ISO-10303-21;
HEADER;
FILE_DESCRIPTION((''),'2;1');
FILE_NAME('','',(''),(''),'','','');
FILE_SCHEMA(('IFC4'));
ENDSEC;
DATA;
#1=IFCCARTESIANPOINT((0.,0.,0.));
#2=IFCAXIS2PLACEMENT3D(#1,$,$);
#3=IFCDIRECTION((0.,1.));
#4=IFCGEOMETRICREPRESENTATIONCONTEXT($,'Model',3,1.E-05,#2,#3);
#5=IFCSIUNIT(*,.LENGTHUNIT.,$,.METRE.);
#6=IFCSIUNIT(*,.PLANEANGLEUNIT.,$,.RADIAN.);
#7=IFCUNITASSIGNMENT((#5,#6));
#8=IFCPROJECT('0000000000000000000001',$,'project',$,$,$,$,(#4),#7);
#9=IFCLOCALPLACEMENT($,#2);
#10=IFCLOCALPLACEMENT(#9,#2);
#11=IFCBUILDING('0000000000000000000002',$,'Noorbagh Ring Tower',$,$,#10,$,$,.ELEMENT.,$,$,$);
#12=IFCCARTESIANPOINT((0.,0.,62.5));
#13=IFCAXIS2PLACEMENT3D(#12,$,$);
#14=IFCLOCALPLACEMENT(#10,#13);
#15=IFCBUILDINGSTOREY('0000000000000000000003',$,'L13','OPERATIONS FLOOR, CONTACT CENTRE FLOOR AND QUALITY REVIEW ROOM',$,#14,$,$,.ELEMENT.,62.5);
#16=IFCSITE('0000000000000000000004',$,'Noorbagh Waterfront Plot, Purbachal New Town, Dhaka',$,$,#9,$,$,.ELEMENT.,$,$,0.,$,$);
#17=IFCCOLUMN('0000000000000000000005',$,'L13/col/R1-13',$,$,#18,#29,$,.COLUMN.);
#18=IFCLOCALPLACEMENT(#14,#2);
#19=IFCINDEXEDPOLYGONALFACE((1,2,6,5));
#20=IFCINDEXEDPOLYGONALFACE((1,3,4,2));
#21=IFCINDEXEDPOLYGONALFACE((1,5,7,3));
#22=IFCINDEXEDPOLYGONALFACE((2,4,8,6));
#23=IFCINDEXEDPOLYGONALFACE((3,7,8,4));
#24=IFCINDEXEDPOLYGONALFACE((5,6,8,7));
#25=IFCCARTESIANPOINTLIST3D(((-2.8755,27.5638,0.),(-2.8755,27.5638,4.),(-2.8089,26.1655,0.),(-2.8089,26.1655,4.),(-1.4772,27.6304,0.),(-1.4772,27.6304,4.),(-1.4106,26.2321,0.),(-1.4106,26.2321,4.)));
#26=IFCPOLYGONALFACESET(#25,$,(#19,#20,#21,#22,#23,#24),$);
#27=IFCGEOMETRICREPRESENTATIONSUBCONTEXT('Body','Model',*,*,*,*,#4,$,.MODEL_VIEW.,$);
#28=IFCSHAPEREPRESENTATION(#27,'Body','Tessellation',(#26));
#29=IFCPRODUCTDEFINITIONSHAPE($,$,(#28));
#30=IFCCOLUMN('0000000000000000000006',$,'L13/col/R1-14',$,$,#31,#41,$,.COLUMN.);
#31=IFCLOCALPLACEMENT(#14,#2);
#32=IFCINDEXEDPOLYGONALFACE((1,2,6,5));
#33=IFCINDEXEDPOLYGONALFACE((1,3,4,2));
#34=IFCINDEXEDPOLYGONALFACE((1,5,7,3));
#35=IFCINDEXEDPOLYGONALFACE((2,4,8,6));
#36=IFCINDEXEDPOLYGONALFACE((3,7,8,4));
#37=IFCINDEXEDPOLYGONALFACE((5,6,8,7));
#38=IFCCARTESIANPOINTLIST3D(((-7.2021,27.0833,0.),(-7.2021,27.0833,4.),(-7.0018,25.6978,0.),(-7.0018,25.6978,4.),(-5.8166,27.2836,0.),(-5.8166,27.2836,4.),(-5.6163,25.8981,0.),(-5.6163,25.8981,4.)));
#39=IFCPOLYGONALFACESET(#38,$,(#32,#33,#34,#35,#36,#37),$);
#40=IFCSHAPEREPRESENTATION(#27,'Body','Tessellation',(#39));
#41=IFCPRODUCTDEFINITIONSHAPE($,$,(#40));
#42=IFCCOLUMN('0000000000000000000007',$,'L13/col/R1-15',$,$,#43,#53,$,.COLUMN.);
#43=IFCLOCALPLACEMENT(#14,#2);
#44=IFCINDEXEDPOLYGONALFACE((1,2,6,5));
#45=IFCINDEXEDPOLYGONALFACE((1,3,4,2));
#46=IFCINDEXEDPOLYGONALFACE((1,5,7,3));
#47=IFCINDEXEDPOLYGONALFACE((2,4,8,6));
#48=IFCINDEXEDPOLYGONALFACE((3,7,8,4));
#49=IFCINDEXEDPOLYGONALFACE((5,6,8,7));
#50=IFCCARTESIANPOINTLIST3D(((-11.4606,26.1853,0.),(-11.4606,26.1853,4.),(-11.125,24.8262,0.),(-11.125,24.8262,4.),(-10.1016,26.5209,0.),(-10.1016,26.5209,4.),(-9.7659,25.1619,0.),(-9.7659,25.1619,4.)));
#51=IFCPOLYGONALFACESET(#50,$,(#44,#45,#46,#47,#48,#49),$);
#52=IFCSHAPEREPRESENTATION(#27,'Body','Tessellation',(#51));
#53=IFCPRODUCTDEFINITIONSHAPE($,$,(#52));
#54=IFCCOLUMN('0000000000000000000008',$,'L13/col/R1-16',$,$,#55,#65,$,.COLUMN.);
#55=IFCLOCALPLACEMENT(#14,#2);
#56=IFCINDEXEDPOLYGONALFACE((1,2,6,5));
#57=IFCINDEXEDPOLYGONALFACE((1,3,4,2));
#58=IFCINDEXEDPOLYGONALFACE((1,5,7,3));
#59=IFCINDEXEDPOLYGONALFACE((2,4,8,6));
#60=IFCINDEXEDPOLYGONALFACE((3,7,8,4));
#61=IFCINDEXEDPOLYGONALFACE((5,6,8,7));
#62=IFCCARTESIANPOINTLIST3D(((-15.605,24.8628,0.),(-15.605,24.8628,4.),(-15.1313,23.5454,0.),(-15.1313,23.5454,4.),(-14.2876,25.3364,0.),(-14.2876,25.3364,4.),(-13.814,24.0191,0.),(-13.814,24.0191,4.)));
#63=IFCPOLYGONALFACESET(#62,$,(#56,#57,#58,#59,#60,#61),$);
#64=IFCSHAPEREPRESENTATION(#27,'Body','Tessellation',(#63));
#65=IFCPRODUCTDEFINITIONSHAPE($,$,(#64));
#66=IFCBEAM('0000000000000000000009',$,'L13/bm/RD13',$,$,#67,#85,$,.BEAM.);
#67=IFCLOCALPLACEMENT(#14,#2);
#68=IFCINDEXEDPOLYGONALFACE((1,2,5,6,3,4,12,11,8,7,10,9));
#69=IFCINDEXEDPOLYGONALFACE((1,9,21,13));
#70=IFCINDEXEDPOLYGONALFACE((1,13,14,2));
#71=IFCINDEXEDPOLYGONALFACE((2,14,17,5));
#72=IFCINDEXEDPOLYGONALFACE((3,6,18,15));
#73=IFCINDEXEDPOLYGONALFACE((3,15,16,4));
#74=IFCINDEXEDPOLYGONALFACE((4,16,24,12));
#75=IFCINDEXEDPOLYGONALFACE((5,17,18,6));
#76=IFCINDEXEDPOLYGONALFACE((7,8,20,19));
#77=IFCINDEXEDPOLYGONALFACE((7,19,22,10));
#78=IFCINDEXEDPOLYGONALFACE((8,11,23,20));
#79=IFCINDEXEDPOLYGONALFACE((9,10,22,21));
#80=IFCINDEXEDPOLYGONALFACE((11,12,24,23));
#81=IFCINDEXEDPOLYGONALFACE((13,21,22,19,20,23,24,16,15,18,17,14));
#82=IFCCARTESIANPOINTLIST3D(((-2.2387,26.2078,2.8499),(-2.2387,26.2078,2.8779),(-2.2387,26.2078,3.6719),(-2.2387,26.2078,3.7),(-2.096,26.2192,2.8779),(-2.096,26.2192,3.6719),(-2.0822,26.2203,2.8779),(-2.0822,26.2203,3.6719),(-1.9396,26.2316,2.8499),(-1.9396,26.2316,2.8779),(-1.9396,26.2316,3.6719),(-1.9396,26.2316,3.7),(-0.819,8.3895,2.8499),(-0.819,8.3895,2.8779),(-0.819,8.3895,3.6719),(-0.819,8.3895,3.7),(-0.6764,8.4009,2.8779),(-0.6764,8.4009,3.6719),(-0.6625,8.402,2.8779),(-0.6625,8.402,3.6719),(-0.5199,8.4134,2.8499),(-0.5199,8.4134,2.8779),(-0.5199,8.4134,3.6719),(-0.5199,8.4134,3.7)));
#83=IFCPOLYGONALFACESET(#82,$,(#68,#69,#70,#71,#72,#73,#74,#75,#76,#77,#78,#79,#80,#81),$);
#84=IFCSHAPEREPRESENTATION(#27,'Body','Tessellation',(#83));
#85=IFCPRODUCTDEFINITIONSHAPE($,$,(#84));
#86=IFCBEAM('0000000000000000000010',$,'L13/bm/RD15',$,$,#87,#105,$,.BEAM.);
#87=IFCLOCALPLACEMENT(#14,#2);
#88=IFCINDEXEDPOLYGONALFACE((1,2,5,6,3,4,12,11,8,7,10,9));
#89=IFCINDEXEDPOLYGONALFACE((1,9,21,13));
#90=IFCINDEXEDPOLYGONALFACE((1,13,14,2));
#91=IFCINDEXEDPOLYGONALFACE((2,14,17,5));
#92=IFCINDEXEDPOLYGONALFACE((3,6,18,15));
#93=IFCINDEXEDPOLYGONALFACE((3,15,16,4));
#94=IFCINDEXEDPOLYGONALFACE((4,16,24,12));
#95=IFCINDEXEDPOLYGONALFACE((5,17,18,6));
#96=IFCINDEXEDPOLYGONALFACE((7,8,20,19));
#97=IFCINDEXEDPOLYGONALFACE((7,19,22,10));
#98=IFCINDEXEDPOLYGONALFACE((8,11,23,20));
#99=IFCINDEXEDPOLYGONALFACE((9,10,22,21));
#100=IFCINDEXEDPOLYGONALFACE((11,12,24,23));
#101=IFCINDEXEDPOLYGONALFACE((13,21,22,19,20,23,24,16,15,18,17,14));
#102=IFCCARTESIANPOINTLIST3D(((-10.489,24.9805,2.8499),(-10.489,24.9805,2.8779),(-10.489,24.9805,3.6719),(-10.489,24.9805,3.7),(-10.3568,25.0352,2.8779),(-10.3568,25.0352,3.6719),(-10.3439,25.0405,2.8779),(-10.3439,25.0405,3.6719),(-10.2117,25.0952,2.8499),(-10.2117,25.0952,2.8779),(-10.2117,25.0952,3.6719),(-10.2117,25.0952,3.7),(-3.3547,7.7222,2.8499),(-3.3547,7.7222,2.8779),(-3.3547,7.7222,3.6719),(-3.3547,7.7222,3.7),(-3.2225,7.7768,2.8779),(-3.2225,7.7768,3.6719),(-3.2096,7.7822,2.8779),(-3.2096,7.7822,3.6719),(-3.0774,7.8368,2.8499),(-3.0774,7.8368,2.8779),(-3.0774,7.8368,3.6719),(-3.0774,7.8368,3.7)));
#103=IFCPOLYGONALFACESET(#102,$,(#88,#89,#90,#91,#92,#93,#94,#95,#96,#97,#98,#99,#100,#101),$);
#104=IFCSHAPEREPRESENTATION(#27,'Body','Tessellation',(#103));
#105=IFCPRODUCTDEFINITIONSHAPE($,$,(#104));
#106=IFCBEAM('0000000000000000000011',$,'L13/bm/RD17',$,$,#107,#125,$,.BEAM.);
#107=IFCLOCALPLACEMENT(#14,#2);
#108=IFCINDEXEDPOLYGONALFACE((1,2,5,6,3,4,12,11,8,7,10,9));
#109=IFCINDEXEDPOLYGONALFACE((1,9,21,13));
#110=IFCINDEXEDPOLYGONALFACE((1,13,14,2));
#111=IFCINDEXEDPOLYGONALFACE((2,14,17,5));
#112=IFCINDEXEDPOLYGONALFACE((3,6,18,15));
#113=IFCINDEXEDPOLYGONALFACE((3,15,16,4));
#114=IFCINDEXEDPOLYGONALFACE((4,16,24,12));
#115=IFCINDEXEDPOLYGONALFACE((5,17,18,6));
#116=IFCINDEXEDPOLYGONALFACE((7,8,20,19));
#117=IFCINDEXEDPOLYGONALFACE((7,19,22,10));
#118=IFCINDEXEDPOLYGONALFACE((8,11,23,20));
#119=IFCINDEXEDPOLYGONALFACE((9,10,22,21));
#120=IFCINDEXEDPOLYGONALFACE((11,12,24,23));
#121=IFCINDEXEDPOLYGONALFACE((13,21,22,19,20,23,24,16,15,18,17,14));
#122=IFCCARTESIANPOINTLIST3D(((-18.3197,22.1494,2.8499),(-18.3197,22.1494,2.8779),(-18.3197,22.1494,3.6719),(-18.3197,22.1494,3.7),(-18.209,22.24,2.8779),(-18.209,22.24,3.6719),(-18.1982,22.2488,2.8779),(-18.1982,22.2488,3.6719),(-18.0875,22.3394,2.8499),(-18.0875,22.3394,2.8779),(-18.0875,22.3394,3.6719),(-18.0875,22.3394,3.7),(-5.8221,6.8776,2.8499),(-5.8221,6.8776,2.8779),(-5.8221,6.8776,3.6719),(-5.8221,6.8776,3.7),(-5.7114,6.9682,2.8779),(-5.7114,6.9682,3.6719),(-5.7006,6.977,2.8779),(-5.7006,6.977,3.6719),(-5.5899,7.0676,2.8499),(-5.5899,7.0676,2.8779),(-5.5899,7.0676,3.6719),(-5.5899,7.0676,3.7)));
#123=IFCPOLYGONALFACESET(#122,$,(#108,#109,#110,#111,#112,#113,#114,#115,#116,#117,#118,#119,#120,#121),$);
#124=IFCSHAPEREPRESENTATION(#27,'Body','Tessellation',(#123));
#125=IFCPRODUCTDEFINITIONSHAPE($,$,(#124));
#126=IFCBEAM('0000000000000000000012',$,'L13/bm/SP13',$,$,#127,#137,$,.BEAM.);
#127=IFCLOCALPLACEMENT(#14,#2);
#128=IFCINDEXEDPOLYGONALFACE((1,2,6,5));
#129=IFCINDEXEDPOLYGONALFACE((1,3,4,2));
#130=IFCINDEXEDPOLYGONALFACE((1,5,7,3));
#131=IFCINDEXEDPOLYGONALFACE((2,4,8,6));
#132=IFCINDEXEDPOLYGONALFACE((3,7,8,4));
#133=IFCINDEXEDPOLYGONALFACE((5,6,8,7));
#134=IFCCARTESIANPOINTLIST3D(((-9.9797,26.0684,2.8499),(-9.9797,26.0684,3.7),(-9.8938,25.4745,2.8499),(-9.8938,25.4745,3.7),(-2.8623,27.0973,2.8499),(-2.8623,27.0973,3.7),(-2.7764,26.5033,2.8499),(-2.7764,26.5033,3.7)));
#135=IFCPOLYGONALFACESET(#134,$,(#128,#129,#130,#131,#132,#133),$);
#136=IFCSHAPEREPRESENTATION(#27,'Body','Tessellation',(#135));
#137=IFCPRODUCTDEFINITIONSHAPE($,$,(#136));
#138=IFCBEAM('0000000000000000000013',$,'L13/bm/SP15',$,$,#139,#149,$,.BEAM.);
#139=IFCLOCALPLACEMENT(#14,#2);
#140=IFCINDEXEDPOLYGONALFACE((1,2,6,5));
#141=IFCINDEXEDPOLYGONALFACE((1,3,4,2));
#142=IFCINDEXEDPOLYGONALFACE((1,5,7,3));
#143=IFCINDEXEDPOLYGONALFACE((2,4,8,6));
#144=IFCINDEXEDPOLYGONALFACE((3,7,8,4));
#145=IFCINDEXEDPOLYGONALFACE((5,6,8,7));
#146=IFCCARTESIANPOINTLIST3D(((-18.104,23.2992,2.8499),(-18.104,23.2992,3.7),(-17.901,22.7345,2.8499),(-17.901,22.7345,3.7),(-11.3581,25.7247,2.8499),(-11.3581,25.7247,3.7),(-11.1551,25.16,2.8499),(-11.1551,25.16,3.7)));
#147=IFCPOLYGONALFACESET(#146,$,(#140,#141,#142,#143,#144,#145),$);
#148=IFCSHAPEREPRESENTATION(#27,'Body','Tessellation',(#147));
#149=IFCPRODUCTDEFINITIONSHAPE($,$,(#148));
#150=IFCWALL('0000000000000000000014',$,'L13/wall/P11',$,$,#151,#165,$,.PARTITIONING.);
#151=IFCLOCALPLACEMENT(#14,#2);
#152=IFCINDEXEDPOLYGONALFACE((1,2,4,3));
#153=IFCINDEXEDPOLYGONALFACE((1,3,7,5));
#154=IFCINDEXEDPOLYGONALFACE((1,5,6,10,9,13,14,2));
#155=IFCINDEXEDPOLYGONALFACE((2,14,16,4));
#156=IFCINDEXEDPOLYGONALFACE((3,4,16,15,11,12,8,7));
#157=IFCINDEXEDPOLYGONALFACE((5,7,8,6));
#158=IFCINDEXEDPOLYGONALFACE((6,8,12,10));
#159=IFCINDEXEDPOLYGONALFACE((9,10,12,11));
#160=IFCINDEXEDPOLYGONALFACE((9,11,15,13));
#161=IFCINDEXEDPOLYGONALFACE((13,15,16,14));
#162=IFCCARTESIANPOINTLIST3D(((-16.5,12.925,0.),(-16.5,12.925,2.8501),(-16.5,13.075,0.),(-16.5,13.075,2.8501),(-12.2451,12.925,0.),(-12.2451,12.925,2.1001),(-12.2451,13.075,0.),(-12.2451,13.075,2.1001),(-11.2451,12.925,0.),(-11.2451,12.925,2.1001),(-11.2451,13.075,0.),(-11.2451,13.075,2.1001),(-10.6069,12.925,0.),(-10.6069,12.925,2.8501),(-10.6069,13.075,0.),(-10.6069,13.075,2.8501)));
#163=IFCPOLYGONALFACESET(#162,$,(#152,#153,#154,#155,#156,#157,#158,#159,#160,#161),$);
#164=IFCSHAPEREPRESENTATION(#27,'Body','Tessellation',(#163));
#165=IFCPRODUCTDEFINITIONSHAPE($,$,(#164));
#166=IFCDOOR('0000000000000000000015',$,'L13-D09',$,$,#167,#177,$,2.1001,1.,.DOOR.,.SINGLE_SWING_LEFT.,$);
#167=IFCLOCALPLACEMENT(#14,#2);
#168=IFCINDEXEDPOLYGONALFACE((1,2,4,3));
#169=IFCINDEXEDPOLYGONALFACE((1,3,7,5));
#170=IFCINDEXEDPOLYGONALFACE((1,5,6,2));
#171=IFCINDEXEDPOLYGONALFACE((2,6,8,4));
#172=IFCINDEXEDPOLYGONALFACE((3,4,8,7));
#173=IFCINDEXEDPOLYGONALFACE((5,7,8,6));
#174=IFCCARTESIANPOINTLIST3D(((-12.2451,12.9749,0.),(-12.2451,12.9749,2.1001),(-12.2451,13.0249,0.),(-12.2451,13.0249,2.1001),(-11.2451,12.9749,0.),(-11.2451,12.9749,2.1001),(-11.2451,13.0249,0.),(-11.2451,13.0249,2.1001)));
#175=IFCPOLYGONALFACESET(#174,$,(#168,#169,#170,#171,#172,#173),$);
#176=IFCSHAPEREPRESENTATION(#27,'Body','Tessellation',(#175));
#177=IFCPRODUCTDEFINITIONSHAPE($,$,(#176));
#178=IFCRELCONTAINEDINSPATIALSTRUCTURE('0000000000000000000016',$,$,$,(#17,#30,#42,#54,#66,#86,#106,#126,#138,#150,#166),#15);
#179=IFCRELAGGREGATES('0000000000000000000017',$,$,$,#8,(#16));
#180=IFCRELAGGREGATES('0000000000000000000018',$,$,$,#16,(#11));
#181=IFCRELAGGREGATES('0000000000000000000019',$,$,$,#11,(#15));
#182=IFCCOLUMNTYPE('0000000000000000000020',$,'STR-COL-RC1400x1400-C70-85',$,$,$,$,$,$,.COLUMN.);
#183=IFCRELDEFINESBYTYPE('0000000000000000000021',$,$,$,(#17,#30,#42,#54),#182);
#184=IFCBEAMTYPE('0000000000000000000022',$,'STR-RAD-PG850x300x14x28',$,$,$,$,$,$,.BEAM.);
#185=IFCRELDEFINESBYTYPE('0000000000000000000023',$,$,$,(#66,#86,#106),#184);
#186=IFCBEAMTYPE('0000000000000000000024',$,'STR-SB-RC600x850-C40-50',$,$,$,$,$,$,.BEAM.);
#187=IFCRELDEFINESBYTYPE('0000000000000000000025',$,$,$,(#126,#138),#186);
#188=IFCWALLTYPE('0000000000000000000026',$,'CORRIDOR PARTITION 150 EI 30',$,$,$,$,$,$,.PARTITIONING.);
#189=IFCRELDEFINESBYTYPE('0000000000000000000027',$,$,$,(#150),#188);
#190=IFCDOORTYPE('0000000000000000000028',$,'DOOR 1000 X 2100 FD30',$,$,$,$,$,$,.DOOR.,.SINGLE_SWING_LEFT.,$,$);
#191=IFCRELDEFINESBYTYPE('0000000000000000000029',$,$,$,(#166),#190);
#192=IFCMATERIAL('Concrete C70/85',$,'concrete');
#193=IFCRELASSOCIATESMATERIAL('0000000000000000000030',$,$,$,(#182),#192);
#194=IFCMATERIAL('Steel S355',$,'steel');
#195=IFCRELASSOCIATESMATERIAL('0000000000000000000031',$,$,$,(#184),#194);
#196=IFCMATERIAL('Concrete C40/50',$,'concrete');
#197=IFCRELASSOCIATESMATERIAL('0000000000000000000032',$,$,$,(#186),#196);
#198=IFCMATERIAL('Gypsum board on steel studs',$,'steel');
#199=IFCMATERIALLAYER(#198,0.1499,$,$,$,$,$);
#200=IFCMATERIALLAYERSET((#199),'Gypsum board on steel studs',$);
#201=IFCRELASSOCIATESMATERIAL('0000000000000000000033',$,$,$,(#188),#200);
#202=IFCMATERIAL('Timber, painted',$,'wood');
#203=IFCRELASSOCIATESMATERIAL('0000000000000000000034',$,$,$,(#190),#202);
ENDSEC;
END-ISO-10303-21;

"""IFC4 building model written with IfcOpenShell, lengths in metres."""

from ifc_helpers import new_model, si_unit, direction, frame, frame_2d, origin, origin_2d, place, context, subcontext, project, spatial, rectangle, i_section, extrude, material, layer, layer_set, material_profile, profile_set, type_object, element, fill, save


model = new_model("IFC4")

# Units and contexts
model_context = context("Model", 3, precision=1e-05, world=origin(), true_north=direction((0.0, 1.0)))
body_context = subcontext(model_context, "Body", "Model", "MODEL_VIEW")
ifc_project = project(units=[si_unit("LENGTHUNIT", "METRE"), si_unit("PLANEANGLEUNIT", "RADIAN")], contexts=[model_context])

# Site, building, storey
site_placement = place(None, origin())
site = spatial("IfcSite", under=ifc_project, at=site_placement, Name="Noorbagh Waterfront Plot, Purbachal New Town, Dhaka", CompositionType="ELEMENT", RefElevation=0.0)
building_placement = place(site_placement, origin())
building = spatial("IfcBuilding", under=site, at=building_placement, Name="Noorbagh Ring Tower", CompositionType="ELEMENT")
storey_placement = place(building_placement, frame((0.0, 0.0, 62.5)))
storey = spatial("IfcBuildingStorey", under=building, at=storey_placement, Name="L13", Description="OPERATIONS FLOOR, CONTACT CENTRE FLOOR AND QUALITY REVIEW ROOM", CompositionType="ELEMENT", Elevation=62.5)

# Columns
ifc_material_1 = material(Name="Concrete C70/85", Category="concrete")
ifc_material_profile_1 = material_profile(ifc_material_1, rectangle(XDim=1.3999, YDim=1.3999, at=origin_2d()), Name="RC1400x1400")
ifc_profile_set_1 = profile_set([ifc_material_profile_1], Name="Concrete C70/85")
column_type = type_object("IfcColumnType", Name="STR-COL-RC1400x1400-C70-85", PredefinedType="COLUMN", material=ifc_profile_set_1)
for number, where, z_axis, x_axis, name in (
    (1, (-2.1431, 26.8979, 0.0), (0.0, 0.0, 1.0), (-0.998869, -0.047553, 0.0), "L13/col/R1-13"),
    (2, (-6.4092, 26.4907, 0.0), (0.0, 0.0, 1.0), (-0.989713, -0.143066, 0.0), "L13/col/R1-14"),
    (3, (-10.6133, 25.6736, 0.0), (0.0, 0.0, 1.0), (-0.970829, -0.239771, 0.0), "L13/col/R1-15"),
    (4, (-14.7095, 24.4409, 0.0), (0.0, 0.0, 1.0), (-0.941025, -0.338338, 0.0), "L13/col/R1-16"),
):
    element("IfcColumn", number, at=place(storey_placement, frame(where, z_axis=z_axis, x_axis=x_axis)), inside=storey, type_object=column_type, Name=name, PredefinedType="COLUMN", context=body_context, shape_type="SweptSolid", body=[
        extrude(rectangle(XDim=1.3999, YDim=1.3999, at=origin_2d()), origin(), (0.0, 0.0, 1.0), 4.0),
    ])

# Beams
ifc_material_2 = material(Name="Steel S355", Category="steel")
ifc_material_profile_2 = material_profile(ifc_material_2, i_section(OverallWidth=0.3, OverallDepth=0.8501, WebThickness=0.0139, FlangeThickness=0.0281, at=origin_2d()), Name="PG850x300x14x28")
ifc_profile_set_2 = profile_set([ifc_material_profile_2], Name="Steel S355")
beam_type_1 = type_object("IfcBeamType", Name="STR-RAD-PG850x300x14x28", PredefinedType="BEAM", material=ifc_profile_set_2)
beam_1_placement = place(storey_placement, frame((-2.0891, 26.2197, 3.2749), z_axis=(0.079423, -0.996841, 0.0), x_axis=(0.996841, 0.079423, 0.0)))
element("IfcBeam", 5, at=beam_1_placement, inside=storey, type_object=beam_type_1, Name="L13/bm/RD13", PredefinedType="BEAM", context=body_context, shape_type="SweptSolid", body=[
    extrude(i_section(OverallWidth=0.3, OverallDepth=0.8501, WebThickness=0.0139, FlangeThickness=0.0281, at=origin_2d()), origin(), (0.0, 0.0, 1.0), 17.8748),
])
beam_2_placement = place(storey_placement, frame((-10.3503, 25.0378, 3.2749), z_axis=(0.382028, -0.924151, 0.0), x_axis=(0.924151, 0.382028, 0.0)))
element("IfcBeam", 6, at=beam_2_placement, inside=storey, type_object=beam_type_1, Name="L13/bm/RD15", PredefinedType="BEAM", context=body_context, shape_type="SweptSolid", body=[
    extrude(i_section(OverallWidth=0.3, OverallDepth=0.8501, WebThickness=0.0139, FlangeThickness=0.0281, at=origin_2d()), origin(), (0.0, 0.0, 1.0), 18.6748),
])
beam_3_placement = place(storey_placement, frame((-18.2036, 22.2444, 3.2749), z_axis=(0.633314, -0.773895, 0.0), x_axis=(0.773895, 0.633314, 0.0)))
element("IfcBeam", 7, at=beam_3_placement, inside=storey, type_object=beam_type_1, Name="L13/bm/RD17", PredefinedType="BEAM", context=body_context, shape_type="SweptSolid", body=[
    extrude(i_section(OverallWidth=0.3, OverallDepth=0.8501, WebThickness=0.0139, FlangeThickness=0.0281, at=origin_2d()), origin(), (0.0, 0.0, 1.0), 19.7336),
])
ifc_material_3 = material(Name="Concrete C40/50", Category="concrete")
ifc_material_profile_3 = material_profile(ifc_material_3, rectangle(XDim=0.6001, YDim=0.8501, at=origin_2d()), Name="RC600x850")
ifc_profile_set_3 = profile_set([ifc_material_profile_3], Name="Concrete C40/50")
beam_type_2 = type_object("IfcBeamType", Name="STR-SB-RC600x850-C40-50", PredefinedType="BEAM", material=ifc_profile_set_3)
beam_4_placement = place(storey_placement, frame((-2.8193, 26.8003, 3.2749), z_axis=(-0.989714, -0.143061, 0.0), x_axis=(0.143061, -0.989714, 0.0)))
element("IfcBeam", 8, at=beam_4_placement, inside=storey, type_object=beam_type_2, Name="L13/bm/SP13", PredefinedType="BEAM", context=body_context, shape_type="SweptSolid", body=[
    extrude(rectangle(XDim=0.6001, YDim=0.8501, at=origin_2d()), origin(), (0.0, 0.0, 1.0), 7.1914),
])
beam_5_placement = place(storey_placement, frame((-11.2566, 25.4424, 3.2749), z_axis=(-0.941019, -0.338353, 0.0), x_axis=(0.338353, -0.941019, 0.0)))
element("IfcBeam", 9, at=beam_5_placement, inside=storey, type_object=beam_type_2, Name="L13/bm/SP15", PredefinedType="BEAM", context=body_context, shape_type="SweptSolid", body=[
    extrude(rectangle(XDim=0.6001, YDim=0.8501, at=origin_2d()), origin(), (0.0, 0.0, 1.0), 7.1687),
])

# Wall, opening, door
ifc_material_4 = material(Name="Gypsum board on steel studs", Category="steel")
ifc_layer_1 = layer(ifc_material_4, 0.1499)
ifc_layer_set_1 = layer_set([ifc_layer_1], Name="Gypsum board on steel studs")
wall_type_1 = type_object("IfcWallType", Name="CORRIDOR PARTITION 150 EI 30", PredefinedType="PARTITIONING", material=ifc_layer_set_1)
wall_1_placement = place(storey_placement, frame((-16.5, 13.0, 0.0), z_axis=(0.0, 0.0, 1.0), x_axis=(1.0, 0.0, 0.0)))
wall_1 = element("IfcWall", 10, at=wall_1_placement, inside=storey, type_object=wall_type_1, Name="L13/wall/P11", PredefinedType="PARTITIONING", context=body_context, shape_type="SweptSolid", body=[
    extrude(rectangle(XDim=5.8931, YDim=0.1499, at=frame_2d((2.9465, 0.0))), origin(), (0.0, 0.0, 1.0), 2.8501),
])
opening_1_placement = place(wall_1_placement, frame((4.2549, 0.0, 0.0)))
opening_1 = element("IfcOpeningElement", 11, at=opening_1_placement, cuts=wall_1, PredefinedType="OPENING", context=body_context, shape_type="SweptSolid", body=[
    extrude(rectangle(XDim=1.0, YDim=2.1001, at=frame_2d((0.5, 1.05))), frame((0.0, 0.085, 0.0), z_axis=(0.0, -1.0, 0.0), x_axis=(1.0, 0.0, 0.0)), (0.0, 0.0, 1.0), 0.1699),
])
ifc_material_5 = material(Name="Timber, painted", Category="wood")
door_type_1 = type_object("IfcDoorType", Name="DOOR 1000 X 2100 FD30", OperationType="SINGLE_SWING_LEFT", PredefinedType="DOOR", material=ifc_material_5)
door_1_placement = place(opening_1_placement, origin())
door_1 = element("IfcDoor", 12, at=door_1_placement, inside=storey, type_object=door_type_1, Name="L13-D09", OperationType="SINGLE_SWING_LEFT", OverallHeight=2.1001, OverallWidth=1.0, PredefinedType="DOOR", context=body_context, shape_type="SweptSolid", body=[
    extrude(rectangle(XDim=1.0, YDim=2.1001, at=frame_2d((0.5, 1.05))), frame((0.0, 0.0249, 0.0), z_axis=(0.0, -1.0, 0.0), x_axis=(1.0, 0.0, 0.0)), (0.0, 0.0, 1.0), 0.05),
])
fill(opening_1, door_1)

save(model, "model.ifc")
